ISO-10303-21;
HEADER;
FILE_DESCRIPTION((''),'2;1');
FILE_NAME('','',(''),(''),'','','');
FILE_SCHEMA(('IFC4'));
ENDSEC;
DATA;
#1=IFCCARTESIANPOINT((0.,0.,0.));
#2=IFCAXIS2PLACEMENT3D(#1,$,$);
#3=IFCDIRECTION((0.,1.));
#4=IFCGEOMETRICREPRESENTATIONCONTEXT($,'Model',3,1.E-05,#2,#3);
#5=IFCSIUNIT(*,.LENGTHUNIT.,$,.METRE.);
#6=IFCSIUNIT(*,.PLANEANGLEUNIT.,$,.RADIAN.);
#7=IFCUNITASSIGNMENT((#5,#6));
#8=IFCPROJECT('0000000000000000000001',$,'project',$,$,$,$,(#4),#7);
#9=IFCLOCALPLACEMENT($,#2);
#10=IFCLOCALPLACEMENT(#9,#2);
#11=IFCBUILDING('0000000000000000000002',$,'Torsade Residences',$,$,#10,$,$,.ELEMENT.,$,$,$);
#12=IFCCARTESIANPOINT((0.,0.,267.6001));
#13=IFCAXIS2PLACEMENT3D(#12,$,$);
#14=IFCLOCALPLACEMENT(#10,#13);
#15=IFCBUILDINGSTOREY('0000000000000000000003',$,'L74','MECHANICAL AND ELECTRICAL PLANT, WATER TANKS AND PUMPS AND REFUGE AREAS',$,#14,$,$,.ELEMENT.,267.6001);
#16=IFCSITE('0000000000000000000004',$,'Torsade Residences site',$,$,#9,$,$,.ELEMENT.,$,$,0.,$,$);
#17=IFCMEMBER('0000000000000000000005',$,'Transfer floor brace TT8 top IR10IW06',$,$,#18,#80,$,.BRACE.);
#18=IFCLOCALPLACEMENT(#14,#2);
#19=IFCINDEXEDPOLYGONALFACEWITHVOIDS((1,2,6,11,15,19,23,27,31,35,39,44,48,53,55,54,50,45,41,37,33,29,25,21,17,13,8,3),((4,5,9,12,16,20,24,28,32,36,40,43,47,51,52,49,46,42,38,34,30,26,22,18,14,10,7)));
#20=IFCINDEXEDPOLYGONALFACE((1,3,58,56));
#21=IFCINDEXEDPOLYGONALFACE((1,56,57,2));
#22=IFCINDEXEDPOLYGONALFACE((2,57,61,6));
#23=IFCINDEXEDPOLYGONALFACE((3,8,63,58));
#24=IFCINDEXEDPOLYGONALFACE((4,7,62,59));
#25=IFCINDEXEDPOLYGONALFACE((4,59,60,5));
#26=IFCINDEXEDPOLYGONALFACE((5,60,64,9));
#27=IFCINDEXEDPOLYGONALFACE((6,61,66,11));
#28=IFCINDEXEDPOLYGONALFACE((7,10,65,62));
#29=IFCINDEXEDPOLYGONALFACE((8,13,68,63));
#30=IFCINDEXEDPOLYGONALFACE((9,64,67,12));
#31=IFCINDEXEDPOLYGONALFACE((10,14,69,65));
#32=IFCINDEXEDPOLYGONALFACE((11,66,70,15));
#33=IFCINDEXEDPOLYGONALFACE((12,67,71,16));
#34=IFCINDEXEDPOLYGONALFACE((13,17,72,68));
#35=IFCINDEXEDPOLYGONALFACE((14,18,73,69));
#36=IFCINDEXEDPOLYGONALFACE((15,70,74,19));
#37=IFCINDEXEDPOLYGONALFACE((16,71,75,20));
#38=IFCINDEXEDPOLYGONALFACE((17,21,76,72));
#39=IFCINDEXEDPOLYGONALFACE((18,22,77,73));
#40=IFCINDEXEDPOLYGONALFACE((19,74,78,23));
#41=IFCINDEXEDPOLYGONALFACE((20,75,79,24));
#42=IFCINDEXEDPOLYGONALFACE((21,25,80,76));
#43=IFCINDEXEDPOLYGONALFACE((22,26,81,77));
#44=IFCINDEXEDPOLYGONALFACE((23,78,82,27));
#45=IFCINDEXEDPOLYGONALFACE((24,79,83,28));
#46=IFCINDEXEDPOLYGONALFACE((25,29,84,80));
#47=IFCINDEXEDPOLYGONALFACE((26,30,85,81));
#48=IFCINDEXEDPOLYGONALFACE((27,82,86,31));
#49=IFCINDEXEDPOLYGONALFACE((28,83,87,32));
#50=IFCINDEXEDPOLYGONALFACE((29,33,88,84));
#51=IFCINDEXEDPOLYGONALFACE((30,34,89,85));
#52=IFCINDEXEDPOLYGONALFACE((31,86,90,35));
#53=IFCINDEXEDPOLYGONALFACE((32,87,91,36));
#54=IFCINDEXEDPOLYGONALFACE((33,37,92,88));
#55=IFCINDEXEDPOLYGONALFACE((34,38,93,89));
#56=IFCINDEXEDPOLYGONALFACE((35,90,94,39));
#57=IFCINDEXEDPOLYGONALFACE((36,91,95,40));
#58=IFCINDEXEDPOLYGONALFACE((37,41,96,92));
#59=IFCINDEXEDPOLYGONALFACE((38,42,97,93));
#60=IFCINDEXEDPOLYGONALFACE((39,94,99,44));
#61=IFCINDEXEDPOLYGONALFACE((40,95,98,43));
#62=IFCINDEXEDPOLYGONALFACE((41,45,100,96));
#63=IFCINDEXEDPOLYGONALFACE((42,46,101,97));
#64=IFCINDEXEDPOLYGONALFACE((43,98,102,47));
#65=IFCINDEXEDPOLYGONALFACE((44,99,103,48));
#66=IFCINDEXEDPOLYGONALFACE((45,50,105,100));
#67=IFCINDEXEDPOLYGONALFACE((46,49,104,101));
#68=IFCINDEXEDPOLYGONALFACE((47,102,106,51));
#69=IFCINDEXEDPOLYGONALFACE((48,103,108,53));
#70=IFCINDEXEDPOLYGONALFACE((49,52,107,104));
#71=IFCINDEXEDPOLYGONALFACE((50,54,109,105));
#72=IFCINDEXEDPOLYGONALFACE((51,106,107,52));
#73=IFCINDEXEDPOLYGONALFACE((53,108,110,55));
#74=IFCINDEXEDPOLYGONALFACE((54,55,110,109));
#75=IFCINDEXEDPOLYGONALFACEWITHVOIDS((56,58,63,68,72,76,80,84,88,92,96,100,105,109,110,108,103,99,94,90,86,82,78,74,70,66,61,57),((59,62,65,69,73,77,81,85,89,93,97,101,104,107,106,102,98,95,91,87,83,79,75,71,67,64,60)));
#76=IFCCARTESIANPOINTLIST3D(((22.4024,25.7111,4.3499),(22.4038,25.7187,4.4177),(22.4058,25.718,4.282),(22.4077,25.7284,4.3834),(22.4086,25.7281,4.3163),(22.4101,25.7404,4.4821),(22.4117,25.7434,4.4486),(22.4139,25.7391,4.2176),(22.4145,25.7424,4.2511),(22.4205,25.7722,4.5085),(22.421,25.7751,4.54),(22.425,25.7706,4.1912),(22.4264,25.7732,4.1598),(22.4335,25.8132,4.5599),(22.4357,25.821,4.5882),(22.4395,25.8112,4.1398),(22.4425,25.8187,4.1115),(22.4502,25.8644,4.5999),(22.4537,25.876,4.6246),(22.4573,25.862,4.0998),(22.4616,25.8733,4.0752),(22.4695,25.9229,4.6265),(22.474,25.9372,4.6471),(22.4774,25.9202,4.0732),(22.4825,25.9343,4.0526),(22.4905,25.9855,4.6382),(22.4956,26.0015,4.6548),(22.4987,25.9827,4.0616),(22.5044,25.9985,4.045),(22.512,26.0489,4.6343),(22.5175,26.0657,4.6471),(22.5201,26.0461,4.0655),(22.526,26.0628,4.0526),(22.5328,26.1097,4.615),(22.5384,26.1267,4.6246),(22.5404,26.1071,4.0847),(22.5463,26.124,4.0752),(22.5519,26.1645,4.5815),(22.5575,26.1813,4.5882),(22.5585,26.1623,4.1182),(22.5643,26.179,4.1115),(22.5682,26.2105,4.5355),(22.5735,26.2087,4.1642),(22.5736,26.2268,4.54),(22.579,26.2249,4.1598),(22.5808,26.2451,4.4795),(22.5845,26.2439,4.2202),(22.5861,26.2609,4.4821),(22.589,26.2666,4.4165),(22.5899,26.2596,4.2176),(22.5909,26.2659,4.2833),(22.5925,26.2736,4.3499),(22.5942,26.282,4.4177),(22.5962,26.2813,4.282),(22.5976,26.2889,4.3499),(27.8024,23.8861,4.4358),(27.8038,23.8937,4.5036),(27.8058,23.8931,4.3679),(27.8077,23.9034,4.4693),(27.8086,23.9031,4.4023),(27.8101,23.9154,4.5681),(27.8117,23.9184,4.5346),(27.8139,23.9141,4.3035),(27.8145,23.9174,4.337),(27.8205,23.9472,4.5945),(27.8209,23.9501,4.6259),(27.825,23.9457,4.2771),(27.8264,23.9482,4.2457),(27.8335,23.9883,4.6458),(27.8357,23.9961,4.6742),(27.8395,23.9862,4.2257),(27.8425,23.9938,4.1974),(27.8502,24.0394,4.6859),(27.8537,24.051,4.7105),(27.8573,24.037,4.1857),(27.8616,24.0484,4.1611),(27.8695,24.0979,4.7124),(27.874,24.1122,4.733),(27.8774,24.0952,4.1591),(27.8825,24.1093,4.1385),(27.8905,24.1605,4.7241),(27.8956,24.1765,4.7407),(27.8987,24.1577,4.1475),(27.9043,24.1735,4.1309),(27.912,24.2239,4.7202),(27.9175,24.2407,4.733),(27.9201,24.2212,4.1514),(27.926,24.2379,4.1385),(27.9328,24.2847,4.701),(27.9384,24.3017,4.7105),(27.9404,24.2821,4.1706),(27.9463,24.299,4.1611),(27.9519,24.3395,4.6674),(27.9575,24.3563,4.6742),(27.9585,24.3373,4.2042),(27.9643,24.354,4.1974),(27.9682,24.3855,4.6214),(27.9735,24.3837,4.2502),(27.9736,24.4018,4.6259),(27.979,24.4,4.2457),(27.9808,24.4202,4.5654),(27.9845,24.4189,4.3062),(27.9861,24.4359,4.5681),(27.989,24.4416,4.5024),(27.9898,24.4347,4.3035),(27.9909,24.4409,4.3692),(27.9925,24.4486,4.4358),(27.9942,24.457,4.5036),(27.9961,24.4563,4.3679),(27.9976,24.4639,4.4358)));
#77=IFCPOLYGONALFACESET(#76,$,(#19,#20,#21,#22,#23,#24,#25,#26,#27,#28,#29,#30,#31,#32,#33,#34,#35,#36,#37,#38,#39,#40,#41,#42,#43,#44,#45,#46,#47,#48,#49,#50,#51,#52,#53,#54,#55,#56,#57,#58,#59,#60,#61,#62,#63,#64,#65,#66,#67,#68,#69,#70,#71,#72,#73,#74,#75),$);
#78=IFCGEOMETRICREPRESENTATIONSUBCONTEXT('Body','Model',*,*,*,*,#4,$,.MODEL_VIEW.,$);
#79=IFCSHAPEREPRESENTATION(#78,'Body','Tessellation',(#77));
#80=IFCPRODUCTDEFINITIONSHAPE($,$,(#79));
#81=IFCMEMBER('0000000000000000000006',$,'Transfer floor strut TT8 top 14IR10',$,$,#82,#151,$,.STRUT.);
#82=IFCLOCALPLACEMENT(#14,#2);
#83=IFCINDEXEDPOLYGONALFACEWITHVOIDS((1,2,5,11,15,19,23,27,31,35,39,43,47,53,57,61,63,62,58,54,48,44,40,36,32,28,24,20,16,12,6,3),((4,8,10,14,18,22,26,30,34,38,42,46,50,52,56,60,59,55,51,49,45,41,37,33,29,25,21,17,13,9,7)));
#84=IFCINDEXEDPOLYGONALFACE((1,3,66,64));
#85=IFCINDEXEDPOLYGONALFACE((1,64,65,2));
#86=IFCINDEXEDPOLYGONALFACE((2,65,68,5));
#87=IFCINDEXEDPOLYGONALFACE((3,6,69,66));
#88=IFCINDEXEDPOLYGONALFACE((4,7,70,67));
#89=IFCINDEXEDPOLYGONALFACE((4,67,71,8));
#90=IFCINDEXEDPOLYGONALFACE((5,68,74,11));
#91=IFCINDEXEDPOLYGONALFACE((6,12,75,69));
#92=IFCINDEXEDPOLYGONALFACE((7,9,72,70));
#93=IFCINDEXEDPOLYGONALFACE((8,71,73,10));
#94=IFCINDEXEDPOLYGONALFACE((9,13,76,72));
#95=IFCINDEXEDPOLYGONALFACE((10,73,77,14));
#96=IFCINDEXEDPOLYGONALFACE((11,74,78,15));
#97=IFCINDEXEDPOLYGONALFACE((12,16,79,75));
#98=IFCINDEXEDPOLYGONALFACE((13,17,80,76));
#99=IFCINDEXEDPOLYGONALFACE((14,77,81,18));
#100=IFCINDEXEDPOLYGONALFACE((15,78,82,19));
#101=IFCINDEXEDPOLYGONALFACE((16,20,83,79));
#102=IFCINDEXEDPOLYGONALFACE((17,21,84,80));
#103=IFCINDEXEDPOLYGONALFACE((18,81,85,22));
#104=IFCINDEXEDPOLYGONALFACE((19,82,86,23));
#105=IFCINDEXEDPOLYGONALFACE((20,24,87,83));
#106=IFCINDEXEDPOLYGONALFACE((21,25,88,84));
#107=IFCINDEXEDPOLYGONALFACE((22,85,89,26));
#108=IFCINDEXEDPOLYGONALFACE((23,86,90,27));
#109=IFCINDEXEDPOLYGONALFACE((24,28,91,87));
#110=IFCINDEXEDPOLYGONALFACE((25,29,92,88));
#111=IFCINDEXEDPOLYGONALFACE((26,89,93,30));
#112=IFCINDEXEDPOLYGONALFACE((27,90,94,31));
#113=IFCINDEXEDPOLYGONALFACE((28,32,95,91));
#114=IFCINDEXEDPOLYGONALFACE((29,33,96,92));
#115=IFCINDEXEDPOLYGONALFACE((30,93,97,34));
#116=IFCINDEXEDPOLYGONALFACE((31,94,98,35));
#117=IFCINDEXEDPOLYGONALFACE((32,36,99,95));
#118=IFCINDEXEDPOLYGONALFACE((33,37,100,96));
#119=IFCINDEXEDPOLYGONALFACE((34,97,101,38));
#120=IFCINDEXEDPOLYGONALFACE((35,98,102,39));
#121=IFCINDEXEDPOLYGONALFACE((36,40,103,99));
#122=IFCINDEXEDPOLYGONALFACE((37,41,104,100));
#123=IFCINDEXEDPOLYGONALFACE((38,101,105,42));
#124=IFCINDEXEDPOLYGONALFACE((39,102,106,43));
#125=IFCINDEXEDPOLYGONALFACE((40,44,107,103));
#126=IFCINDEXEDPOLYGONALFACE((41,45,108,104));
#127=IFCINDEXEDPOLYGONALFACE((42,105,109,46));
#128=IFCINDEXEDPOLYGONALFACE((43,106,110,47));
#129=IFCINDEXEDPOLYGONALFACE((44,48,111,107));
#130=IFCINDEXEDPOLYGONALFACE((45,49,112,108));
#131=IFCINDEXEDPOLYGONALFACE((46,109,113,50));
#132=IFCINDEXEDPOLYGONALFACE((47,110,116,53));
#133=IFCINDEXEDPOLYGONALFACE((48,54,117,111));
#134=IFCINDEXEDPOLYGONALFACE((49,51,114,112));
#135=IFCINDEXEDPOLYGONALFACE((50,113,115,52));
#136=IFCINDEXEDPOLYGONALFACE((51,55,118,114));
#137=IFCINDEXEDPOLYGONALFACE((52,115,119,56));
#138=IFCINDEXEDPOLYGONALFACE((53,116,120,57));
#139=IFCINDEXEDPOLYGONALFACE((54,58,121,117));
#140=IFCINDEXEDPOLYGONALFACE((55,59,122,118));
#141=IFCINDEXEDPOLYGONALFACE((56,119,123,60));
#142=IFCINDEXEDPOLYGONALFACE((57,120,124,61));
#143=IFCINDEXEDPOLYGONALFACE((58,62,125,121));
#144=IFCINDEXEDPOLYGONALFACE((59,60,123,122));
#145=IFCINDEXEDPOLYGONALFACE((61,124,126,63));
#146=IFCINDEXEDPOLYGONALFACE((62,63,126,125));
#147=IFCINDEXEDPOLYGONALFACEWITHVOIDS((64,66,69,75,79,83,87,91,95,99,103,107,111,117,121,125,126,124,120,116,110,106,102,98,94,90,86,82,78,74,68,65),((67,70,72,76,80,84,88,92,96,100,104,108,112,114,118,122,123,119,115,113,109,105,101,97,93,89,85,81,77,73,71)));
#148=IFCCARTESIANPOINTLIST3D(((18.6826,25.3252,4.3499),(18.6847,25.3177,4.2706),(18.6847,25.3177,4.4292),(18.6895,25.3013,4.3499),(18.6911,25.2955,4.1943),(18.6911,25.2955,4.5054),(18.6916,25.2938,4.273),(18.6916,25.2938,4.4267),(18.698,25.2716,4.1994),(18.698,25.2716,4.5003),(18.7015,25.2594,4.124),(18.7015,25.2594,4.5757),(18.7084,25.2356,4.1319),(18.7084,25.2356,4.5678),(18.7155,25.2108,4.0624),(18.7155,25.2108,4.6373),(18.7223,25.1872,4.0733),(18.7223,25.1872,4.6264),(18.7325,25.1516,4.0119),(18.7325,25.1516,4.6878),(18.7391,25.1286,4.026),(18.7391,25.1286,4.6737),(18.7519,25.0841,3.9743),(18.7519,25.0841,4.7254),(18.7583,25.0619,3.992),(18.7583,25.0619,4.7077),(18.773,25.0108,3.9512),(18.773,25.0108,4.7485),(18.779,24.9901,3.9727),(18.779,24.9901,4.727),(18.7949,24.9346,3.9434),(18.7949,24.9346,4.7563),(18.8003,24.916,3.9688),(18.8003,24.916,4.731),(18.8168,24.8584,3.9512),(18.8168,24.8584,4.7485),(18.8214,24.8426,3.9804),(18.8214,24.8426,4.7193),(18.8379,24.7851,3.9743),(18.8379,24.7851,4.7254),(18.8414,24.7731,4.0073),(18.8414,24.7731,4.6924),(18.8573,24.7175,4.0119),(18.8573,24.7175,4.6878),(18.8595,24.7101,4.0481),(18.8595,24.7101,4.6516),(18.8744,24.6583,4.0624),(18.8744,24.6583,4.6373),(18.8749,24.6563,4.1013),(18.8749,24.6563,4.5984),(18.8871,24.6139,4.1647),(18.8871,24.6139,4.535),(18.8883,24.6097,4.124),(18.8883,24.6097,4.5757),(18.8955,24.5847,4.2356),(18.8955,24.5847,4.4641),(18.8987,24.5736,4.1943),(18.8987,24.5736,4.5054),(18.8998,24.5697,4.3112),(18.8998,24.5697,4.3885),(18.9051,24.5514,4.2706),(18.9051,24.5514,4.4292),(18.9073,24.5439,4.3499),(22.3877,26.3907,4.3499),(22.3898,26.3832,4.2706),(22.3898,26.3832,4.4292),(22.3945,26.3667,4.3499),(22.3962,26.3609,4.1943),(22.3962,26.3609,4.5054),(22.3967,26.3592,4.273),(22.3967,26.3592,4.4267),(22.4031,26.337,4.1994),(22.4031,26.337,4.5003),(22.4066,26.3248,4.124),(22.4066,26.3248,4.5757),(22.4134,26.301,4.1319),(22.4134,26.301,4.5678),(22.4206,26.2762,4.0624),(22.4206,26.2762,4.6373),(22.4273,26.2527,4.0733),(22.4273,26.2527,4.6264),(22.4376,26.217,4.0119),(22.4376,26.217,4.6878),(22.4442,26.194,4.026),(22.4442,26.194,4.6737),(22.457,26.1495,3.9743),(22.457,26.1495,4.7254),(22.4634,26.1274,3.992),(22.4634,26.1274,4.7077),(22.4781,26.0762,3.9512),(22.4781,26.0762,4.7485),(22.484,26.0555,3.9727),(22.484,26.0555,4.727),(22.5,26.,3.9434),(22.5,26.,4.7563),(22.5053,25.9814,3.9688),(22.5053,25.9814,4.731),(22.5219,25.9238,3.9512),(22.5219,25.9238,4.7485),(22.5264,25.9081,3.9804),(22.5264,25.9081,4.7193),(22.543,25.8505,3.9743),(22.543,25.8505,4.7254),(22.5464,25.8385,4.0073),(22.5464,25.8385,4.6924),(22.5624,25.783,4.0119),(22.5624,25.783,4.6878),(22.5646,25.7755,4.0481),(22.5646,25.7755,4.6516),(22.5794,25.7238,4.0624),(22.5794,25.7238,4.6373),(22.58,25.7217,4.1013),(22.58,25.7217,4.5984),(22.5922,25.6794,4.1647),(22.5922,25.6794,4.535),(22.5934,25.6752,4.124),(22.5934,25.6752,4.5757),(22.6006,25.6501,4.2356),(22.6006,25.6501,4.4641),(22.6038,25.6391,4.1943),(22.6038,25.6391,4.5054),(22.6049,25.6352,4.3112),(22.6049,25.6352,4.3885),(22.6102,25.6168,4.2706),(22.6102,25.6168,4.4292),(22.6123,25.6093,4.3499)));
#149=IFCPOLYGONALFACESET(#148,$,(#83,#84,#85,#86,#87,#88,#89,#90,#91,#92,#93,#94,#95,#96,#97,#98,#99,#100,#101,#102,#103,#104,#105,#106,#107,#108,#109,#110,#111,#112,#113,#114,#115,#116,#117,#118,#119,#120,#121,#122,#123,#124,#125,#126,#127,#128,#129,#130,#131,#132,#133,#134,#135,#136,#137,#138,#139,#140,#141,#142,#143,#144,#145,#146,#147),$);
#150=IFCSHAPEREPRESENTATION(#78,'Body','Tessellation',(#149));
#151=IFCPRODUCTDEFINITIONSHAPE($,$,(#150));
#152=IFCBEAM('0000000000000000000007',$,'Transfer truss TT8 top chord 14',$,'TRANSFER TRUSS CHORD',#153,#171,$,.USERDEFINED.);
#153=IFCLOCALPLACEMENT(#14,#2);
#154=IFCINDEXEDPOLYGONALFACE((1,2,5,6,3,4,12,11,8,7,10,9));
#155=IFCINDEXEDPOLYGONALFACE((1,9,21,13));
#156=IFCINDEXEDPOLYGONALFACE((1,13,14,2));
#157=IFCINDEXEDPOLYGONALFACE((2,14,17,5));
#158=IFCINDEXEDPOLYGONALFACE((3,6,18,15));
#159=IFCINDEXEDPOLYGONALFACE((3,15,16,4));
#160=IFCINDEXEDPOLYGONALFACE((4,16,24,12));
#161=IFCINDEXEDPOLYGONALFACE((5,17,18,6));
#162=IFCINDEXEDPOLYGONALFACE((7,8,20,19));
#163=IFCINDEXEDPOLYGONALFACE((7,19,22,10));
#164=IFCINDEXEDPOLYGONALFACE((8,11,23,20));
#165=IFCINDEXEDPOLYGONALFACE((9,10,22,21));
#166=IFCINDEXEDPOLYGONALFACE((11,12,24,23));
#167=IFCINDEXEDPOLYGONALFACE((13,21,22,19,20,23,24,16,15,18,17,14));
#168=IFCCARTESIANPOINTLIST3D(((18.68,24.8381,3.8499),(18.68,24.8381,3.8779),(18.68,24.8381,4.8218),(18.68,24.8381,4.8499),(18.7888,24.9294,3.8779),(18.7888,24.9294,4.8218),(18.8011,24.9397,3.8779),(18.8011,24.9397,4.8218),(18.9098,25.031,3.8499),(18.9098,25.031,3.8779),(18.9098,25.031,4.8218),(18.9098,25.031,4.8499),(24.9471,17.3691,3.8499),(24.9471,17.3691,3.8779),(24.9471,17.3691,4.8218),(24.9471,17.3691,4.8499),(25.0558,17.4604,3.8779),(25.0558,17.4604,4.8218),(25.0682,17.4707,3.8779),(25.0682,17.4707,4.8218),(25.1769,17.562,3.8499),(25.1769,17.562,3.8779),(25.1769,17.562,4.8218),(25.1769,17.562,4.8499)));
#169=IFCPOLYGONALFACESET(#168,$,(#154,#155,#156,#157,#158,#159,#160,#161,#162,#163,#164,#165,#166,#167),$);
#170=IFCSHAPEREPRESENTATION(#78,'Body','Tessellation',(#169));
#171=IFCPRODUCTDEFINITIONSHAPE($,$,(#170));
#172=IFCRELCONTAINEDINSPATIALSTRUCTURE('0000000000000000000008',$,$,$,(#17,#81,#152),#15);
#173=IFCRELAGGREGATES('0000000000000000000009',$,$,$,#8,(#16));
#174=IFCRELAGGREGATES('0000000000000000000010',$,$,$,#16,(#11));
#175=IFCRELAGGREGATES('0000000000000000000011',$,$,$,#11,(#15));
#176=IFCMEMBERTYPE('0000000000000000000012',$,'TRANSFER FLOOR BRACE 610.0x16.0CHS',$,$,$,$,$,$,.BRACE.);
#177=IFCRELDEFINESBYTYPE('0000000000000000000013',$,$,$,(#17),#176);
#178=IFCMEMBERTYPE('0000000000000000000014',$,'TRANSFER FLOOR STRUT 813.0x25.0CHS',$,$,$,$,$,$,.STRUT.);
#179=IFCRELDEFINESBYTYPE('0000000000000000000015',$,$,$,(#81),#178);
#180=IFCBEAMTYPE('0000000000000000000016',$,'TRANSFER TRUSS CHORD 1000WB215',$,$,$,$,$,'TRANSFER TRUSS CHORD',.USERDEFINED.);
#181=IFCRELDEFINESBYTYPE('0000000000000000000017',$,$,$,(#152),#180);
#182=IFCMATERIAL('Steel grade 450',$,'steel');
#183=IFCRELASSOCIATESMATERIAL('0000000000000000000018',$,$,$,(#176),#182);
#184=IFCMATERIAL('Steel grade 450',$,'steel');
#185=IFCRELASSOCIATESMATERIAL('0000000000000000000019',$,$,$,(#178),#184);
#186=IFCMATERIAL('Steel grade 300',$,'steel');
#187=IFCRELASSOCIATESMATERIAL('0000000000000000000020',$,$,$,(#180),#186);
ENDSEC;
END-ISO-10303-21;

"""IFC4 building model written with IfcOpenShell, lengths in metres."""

from ifc_helpers import new_model, si_unit, direction, frame, origin, origin_2d, place, context, subcontext, project, spatial, hollow_circle, i_section, extrude, material, material_profile, profile_set, type_object, element, save


model = new_model("IFC4")

# Units and contexts
model_context = context("Model", 3, precision=1e-05, world=origin(), true_north=direction((0.0, 1.0)))
body_context = subcontext(model_context, "Body", "Model", "MODEL_VIEW")
ifc_project = project(units=[si_unit("LENGTHUNIT", "METRE"), si_unit("PLANEANGLEUNIT", "RADIAN")], contexts=[model_context])

# Site, building, storey
site_placement = place(None, origin())
site = spatial("IfcSite", under=ifc_project, at=site_placement, Name="Torsade Residences site", CompositionType="ELEMENT", RefElevation=0.0)
building_placement = place(site_placement, origin())
building = spatial("IfcBuilding", under=site, at=building_placement, Name="Torsade Residences", CompositionType="ELEMENT")
storey_placement = place(building_placement, frame((0.0, 0.0, 267.6001)))
storey = spatial("IfcBuildingStorey", under=building, at=storey_placement, Name="L74", Description="MECHANICAL AND ELECTRICAL PLANT, WATER TANKS AND PUMPS AND REFUGE AREAS", CompositionType="ELEMENT", Elevation=267.6001)

# Members
ifc_material_1 = material(Name="Steel grade 450", Category="steel")
ifc_material_profile_1 = material_profile(ifc_material_1, hollow_circle(Radius=0.3049, WallThickness=0.0161, at=origin_2d()), Name="610.0x16.0CHS")
ifc_profile_set_1 = profile_set([ifc_material_profile_1], Name="Steel grade 450")
member_type_1 = type_object("IfcMemberType", Name="TRANSFER FLOOR BRACE 610.0x16.0CHS", PredefinedType="BRACE", material=ifc_profile_set_1)
member_1_placement = place(storey_placement, frame((22.5, 26.0, 4.3499), z_axis=(0.947252, -0.320133, 0.015075), x_axis=(0.32017, 0.94736, 0.0)))
element("IfcMember", 1, at=member_1_placement, inside=storey, type_object=member_type_1, Name="Transfer floor brace TT8 top IR10IW06", PredefinedType="BRACE", context=body_context, shape_type="SweptSolid", body=[
    extrude(hollow_circle(Radius=0.3049, WallThickness=0.0161, at=origin_2d()), origin(), (0.0, 0.0, 1.0), 5.7007),
])
ifc_material_2 = material(Name="Steel grade 450", Category="steel")
ifc_material_profile_2 = material_profile(ifc_material_2, hollow_circle(Radius=0.4065, WallThickness=0.0249, at=origin_2d()), Name="813.0x25.0CHS")
ifc_profile_set_2 = profile_set([ifc_material_profile_2], Name="Steel grade 450")
member_type_2 = type_object("IfcMemberType", Name="TRANSFER FLOOR STRUT 813.0x25.0CHS", PredefinedType="STRUT", material=ifc_profile_set_2)
member_2_placement = place(storey_placement, frame((18.7949, 24.9346, 4.3499), z_axis=(0.961054, 0.27636, 0.0), x_axis=(-0.27636, 0.961054, 0.0)))
element("IfcMember", 2, at=member_2_placement, inside=storey, type_object=member_type_2, Name="Transfer floor strut TT8 top 14IR10", PredefinedType="STRUT", context=body_context, shape_type="SweptSolid", body=[
    extrude(hollow_circle(Radius=0.4065, WallThickness=0.0249, at=origin_2d()), origin(), (0.0, 0.0, 1.0), 3.8552),
])

# Beam
ifc_material_3 = material(Name="Steel grade 300", Category="steel")
ifc_material_profile_3 = material_profile(ifc_material_3, i_section(OverallWidth=0.3, OverallDepth=1.0, WebThickness=0.0161, FlangeThickness=0.0281, at=origin_2d()), Name="1000WB215")
ifc_profile_set_3 = profile_set([ifc_material_profile_3], Name="Steel grade 300")
beam_type_1 = type_object("IfcBeamType", Name="TRANSFER TRUSS CHORD 1000WB215", ElementType="TRANSFER TRUSS CHORD", PredefinedType="USERDEFINED", material=ifc_profile_set_3)
beam_1_placement = place(storey_placement, frame((18.7949, 24.9346, 4.3499), z_axis=(0.642779, -0.766052, 0.0), x_axis=(0.766052, 0.642779, 0.0)))
element("IfcBeam", 3, at=beam_1_placement, inside=storey, type_object=beam_type_1, Name="Transfer truss TT8 top chord 14", ObjectType="TRANSFER TRUSS CHORD", PredefinedType="USERDEFINED", context=body_context, shape_type="SweptSolid", body=[
    extrude(i_section(OverallWidth=0.3, OverallDepth=1.0, WebThickness=0.0161, FlangeThickness=0.0281, at=origin_2d()), origin(), (0.0, 0.0, 1.0), 9.75),
])

save(model, "model.ifc")
